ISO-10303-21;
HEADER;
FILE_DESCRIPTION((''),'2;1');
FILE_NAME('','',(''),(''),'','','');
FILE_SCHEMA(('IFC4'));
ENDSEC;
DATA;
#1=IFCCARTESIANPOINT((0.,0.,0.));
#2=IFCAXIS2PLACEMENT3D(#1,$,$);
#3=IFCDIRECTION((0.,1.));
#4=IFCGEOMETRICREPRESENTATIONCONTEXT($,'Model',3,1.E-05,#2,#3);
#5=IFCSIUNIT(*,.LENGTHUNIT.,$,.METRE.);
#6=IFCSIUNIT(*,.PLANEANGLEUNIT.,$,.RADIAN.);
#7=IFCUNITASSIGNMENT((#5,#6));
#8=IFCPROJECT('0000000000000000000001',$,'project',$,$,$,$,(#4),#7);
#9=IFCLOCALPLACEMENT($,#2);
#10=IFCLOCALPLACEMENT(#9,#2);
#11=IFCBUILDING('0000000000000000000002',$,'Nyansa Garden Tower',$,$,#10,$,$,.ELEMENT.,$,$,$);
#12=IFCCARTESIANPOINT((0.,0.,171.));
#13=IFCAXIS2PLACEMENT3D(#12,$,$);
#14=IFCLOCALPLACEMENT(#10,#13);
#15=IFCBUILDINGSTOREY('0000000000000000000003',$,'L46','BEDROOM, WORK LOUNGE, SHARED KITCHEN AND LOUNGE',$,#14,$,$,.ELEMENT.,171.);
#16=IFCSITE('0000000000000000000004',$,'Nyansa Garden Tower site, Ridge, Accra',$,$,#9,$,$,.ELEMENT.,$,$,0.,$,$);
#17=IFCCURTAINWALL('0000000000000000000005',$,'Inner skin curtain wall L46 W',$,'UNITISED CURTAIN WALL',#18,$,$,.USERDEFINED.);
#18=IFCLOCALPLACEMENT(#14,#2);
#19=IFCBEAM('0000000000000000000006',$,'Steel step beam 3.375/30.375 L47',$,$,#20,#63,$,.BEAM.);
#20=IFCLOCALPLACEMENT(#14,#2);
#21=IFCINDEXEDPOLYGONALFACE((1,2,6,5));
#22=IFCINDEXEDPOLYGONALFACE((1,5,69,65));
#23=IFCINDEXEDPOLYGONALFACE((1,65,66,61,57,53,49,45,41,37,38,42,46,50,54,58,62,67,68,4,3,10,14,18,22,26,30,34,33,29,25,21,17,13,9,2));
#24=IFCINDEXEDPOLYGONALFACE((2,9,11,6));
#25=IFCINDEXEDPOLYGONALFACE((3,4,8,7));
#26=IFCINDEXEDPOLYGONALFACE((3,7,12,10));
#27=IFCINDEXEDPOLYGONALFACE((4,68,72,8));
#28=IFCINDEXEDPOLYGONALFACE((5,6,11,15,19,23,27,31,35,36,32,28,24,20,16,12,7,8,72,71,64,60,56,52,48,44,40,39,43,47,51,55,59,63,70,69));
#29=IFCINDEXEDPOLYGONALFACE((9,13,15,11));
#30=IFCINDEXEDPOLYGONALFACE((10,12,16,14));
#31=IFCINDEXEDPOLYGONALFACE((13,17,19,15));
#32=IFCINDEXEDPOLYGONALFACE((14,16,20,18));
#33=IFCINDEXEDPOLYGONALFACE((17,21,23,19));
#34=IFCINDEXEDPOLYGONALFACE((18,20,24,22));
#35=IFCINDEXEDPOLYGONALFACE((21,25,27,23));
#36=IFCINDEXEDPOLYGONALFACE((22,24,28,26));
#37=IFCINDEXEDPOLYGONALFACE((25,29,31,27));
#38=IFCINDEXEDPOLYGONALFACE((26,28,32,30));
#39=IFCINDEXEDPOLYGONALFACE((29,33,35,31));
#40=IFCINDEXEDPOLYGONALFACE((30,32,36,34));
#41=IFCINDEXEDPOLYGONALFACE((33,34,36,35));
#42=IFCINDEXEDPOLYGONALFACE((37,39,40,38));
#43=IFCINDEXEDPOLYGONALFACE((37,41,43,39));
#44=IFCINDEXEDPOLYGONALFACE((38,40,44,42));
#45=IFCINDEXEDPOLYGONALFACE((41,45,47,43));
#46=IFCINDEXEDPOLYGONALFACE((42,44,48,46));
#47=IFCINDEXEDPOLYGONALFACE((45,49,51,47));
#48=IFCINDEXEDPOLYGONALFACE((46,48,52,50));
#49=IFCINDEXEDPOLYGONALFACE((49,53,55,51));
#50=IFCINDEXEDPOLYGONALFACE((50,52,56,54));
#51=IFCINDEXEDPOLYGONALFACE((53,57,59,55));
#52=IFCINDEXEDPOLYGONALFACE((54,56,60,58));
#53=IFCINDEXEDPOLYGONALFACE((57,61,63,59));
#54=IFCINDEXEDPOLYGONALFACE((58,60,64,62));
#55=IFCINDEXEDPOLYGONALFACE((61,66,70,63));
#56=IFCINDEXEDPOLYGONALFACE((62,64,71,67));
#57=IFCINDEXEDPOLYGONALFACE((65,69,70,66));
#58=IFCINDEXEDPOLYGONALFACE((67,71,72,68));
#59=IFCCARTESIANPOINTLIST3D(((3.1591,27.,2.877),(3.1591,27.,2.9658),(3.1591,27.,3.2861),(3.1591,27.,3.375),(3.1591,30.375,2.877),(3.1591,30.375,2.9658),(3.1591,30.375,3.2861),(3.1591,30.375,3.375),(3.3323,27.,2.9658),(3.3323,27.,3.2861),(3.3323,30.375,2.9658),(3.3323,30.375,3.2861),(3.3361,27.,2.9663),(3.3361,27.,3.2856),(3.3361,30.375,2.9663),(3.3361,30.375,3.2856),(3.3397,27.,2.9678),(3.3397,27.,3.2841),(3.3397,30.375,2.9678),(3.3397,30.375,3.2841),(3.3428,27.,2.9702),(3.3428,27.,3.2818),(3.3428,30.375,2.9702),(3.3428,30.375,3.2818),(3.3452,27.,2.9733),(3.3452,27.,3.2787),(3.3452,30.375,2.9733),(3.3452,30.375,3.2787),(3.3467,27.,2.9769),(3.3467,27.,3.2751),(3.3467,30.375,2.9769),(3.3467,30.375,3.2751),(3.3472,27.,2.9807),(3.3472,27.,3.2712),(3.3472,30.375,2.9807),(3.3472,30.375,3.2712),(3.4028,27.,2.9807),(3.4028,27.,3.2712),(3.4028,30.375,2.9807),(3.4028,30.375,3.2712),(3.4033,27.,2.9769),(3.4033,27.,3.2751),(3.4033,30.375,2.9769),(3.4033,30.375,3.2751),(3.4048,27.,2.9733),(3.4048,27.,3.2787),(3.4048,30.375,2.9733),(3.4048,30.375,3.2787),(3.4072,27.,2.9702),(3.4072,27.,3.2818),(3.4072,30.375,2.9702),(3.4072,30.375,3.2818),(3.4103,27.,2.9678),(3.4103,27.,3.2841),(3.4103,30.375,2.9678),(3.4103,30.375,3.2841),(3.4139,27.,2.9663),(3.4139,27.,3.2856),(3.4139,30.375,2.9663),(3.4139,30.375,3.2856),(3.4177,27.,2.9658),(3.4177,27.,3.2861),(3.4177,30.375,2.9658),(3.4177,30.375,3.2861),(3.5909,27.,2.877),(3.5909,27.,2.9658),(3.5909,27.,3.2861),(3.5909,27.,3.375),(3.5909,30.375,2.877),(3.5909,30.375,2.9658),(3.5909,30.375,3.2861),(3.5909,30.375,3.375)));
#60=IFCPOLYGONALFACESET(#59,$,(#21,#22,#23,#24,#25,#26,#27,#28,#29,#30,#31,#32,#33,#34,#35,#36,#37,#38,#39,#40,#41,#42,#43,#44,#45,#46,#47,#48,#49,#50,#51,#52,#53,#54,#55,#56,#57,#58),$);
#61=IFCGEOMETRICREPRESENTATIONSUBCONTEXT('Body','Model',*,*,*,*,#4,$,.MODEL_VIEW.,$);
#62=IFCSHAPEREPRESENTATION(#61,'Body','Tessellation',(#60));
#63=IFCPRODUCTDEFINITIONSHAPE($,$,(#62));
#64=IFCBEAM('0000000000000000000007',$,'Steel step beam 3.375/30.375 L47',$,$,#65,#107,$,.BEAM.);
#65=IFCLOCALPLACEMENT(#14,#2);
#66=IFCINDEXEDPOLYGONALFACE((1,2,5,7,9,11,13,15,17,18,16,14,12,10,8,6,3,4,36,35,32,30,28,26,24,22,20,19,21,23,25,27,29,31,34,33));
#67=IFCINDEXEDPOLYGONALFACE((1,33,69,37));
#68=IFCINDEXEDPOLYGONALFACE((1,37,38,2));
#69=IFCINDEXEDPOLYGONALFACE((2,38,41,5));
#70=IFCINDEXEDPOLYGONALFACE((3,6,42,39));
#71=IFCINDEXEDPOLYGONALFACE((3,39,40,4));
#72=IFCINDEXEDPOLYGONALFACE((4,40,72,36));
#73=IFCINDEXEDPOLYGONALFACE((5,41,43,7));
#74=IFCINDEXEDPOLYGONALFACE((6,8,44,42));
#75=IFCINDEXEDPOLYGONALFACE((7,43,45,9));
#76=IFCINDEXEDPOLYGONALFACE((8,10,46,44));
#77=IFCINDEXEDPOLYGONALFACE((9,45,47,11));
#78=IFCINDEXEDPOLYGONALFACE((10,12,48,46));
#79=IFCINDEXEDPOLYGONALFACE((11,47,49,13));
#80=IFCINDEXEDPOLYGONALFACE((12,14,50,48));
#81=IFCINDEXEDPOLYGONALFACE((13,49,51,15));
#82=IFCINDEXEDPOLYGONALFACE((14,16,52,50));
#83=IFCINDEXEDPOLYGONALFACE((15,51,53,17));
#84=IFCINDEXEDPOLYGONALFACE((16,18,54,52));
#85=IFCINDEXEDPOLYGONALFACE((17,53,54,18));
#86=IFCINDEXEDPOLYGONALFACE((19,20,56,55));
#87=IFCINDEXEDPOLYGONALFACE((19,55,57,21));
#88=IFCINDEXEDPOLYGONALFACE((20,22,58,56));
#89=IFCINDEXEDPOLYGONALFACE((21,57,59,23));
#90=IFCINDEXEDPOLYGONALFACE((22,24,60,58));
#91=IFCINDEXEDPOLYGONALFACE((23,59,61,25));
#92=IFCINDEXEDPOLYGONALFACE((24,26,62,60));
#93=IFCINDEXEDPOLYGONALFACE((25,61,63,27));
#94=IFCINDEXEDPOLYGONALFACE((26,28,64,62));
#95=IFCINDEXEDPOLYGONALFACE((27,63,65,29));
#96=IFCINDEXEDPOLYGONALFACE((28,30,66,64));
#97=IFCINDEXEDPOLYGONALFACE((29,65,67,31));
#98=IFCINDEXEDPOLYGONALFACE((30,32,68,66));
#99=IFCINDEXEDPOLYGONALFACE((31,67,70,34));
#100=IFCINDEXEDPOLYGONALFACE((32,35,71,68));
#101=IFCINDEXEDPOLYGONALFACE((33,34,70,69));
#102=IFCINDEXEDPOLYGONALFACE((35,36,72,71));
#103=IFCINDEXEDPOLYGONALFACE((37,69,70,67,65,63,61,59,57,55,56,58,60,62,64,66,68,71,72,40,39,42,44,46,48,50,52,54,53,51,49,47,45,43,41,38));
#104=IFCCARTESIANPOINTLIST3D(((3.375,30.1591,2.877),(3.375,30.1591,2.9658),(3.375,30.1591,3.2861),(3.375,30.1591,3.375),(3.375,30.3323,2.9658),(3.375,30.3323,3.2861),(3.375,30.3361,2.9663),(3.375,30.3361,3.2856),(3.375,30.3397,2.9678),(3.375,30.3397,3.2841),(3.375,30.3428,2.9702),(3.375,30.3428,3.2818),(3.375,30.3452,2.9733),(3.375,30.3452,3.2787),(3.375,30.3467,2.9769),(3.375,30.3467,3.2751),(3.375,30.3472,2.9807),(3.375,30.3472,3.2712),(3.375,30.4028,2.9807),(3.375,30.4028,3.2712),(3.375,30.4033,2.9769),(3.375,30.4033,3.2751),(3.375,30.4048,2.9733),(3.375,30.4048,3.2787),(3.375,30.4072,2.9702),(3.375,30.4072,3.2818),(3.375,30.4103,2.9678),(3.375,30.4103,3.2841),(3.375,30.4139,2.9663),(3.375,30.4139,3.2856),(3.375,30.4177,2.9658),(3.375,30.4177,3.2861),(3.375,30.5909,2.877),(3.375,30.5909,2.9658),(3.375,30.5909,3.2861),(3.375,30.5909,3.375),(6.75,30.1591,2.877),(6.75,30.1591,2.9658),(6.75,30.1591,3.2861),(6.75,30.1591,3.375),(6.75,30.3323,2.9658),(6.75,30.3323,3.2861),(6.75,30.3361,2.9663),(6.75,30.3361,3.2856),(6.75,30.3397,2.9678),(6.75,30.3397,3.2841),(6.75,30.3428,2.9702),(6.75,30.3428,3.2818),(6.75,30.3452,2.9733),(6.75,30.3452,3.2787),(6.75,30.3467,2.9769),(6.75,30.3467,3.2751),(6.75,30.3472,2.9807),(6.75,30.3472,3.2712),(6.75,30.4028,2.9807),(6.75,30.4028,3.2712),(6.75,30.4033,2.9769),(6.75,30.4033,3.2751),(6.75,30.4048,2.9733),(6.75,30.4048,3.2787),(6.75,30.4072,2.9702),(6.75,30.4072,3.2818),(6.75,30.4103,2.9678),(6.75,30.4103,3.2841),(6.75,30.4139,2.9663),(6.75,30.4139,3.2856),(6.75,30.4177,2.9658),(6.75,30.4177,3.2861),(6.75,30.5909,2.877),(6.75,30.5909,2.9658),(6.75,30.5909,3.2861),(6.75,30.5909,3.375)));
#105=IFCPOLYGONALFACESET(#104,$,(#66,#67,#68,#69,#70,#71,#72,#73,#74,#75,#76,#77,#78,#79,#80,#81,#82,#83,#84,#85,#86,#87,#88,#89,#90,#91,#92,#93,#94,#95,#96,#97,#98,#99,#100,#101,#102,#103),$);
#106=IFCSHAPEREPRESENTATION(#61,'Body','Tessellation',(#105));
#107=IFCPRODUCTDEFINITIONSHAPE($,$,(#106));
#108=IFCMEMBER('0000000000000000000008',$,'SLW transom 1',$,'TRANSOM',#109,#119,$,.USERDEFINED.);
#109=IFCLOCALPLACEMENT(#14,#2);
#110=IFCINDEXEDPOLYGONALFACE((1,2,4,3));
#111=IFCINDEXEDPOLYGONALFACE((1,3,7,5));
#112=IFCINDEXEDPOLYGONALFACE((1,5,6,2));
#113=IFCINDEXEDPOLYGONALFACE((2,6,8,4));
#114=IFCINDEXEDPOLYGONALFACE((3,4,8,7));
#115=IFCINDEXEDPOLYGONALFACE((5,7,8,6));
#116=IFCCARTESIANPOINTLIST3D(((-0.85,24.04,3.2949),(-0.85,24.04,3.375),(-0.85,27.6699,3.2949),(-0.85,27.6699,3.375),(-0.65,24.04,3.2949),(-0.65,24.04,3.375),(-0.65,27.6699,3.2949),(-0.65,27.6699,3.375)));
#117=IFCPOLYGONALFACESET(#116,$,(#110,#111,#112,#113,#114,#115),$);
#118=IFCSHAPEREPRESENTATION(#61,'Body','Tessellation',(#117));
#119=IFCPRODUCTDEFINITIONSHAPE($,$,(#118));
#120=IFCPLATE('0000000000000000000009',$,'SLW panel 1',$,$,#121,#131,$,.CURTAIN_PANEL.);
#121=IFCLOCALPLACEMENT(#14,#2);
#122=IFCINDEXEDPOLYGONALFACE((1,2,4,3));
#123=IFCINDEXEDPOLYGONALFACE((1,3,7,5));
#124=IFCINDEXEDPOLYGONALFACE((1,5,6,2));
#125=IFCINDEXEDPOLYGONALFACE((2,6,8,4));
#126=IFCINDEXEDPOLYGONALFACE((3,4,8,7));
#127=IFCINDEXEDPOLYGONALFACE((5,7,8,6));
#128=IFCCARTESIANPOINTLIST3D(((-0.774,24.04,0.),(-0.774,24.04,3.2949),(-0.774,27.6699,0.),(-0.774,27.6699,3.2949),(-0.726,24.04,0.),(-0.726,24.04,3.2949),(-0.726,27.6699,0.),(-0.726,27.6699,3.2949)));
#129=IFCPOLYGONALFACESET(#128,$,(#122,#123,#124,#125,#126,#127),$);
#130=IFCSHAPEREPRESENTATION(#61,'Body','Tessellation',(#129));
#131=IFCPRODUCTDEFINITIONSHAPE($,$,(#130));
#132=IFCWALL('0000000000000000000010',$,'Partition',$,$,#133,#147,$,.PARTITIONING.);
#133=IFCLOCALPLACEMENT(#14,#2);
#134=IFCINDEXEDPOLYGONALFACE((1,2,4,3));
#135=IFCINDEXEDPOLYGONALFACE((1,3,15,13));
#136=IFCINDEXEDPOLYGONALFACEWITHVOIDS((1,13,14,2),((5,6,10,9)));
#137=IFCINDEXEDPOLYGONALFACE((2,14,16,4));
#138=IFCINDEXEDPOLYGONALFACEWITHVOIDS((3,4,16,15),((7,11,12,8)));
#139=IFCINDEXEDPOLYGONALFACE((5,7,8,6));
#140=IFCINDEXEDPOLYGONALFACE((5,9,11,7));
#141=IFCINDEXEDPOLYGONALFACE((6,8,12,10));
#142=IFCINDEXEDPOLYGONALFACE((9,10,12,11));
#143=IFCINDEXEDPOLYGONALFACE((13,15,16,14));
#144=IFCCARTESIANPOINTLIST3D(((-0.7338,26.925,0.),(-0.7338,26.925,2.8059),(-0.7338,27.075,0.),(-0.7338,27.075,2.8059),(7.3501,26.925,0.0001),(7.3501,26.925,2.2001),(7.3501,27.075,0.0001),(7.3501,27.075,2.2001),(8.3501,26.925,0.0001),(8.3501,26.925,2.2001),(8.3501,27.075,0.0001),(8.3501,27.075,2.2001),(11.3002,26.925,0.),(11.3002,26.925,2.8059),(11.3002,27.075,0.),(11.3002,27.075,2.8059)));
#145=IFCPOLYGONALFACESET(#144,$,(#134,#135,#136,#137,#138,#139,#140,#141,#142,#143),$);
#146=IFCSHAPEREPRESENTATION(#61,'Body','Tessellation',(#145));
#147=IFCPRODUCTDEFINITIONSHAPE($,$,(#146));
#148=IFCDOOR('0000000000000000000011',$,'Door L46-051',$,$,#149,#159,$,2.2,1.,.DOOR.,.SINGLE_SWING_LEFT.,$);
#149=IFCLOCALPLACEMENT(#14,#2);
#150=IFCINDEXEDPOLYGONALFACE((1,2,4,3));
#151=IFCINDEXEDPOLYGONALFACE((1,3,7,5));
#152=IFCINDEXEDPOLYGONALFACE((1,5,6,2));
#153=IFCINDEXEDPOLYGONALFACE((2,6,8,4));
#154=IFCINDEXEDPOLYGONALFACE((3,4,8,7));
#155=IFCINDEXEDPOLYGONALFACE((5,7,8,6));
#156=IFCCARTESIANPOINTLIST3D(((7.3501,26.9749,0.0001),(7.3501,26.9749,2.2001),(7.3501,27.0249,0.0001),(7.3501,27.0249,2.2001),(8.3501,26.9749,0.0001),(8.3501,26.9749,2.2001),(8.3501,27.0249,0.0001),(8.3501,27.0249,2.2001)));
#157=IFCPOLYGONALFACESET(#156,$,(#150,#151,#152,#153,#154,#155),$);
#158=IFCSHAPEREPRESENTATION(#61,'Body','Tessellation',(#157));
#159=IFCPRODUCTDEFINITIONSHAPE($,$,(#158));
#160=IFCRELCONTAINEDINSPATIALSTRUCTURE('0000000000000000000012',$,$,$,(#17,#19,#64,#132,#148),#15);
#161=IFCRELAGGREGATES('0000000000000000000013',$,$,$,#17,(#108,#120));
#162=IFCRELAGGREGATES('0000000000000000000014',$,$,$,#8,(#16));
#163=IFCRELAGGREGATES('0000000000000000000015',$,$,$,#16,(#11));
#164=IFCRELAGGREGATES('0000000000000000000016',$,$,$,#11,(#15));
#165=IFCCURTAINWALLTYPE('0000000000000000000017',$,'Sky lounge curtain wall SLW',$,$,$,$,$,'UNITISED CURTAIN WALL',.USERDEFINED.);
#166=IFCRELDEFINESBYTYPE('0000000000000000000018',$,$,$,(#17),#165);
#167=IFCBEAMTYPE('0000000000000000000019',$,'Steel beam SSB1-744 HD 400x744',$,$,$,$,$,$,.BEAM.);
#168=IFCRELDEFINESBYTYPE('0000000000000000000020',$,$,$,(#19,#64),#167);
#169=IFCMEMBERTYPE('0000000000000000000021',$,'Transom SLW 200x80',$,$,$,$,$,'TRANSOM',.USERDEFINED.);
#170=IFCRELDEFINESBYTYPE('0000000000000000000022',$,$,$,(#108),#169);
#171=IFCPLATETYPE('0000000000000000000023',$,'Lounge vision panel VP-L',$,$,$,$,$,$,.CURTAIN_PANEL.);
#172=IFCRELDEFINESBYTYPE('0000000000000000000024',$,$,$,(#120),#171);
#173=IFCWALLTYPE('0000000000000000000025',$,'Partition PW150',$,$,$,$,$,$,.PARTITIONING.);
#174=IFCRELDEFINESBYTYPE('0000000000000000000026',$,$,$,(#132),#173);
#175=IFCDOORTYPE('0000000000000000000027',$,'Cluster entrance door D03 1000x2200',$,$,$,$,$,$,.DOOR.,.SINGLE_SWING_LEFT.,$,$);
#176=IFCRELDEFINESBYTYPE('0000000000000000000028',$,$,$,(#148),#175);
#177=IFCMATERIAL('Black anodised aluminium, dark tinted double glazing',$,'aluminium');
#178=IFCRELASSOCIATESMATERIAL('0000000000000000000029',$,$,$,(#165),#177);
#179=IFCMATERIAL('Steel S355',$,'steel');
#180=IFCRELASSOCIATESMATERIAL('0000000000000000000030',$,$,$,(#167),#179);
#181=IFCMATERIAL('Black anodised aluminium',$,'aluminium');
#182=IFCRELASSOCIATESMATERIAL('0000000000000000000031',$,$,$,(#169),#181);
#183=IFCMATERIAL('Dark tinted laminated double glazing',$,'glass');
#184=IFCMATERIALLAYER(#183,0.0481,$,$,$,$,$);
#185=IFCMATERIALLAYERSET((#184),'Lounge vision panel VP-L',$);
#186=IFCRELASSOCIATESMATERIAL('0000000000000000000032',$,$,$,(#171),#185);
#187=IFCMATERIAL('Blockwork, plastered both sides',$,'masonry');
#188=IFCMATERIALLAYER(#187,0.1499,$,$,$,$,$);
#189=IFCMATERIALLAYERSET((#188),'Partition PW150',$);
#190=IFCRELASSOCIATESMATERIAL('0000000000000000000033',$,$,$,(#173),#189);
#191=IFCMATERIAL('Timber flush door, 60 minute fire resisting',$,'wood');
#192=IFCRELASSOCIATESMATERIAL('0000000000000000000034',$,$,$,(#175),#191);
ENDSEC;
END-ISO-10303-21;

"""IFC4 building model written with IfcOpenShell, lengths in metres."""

from ifc_helpers import new_model, si_unit, direction, frame, frame_2d, origin, origin_2d, place, context, subcontext, project, spatial, rectangle, i_section, extrude, material, layer, layer_set, material_profile, profile_set, type_object, element, fill, aggregate, save


model = new_model("IFC4")

# Units and contexts
model_context = context("Model", 3, precision=1e-05, world=origin(), true_north=direction((0.0, 1.0)))
body_context = subcontext(model_context, "Body", "Model", "MODEL_VIEW")
ifc_project = project(units=[si_unit("LENGTHUNIT", "METRE"), si_unit("PLANEANGLEUNIT", "RADIAN")], contexts=[model_context])

# Site, building, storey
site_placement = place(None, origin())
site = spatial("IfcSite", under=ifc_project, at=site_placement, Name="Nyansa Garden Tower site, Ridge, Accra", CompositionType="ELEMENT", RefElevation=0.0)
building_placement = place(site_placement, origin())
building = spatial("IfcBuilding", under=site, at=building_placement, Name="Nyansa Garden Tower", CompositionType="ELEMENT")
storey_placement = place(building_placement, frame((0.0, 0.0, 171.0)))
storey = spatial("IfcBuildingStorey", under=building, at=storey_placement, Name="L46", Description="BEDROOM, WORK LOUNGE, SHARED KITCHEN AND LOUNGE", CompositionType="ELEMENT", Elevation=171.0)

# Curtain wall
ifc_material_1 = material(Name="Black anodised aluminium, dark tinted double glazing", Category="aluminium")
curtain_wall_type = type_object("IfcCurtainWallType", Name="Sky lounge curtain wall SLW", ElementType="UNITISED CURTAIN WALL", PredefinedType="USERDEFINED", material=ifc_material_1)
curtain_wall_1_placement = place(storey_placement, origin())
curtain_wall_1 = element("IfcCurtainWall", 1, at=curtain_wall_1_placement, inside=storey, type_object=curtain_wall_type, Name="Inner skin curtain wall L46 W", ObjectType="UNITISED CURTAIN WALL", PredefinedType="USERDEFINED")

# Beams
ifc_material_2 = material(Name="Steel S355", Category="steel")
ifc_material_profile_1 = material_profile(ifc_material_2, i_section(OverallWidth=0.4319, OverallDepth=0.498, WebThickness=0.0557, FlangeThickness=0.0889, FilletRadius=0.0149, at=origin_2d()), Name="HD 400x744")
ifc_profile_set_1 = profile_set([ifc_material_profile_1], Name="Steel S355")
beam_type_1 = type_object("IfcBeamType", Name="Steel beam SSB1-744 HD 400x744", PredefinedType="BEAM", material=ifc_profile_set_1)
for number, where, z_axis, x_axis, name in (
    (2, (3.375, 30.375, 3.126), (0.0, -1.0, 0.0), (1.0, 0.0, 0.0), "Steel step beam 3.375/30.375 L47"),
    (3, (3.375, 30.375, 3.126), (1.0, 0.0, 0.0), (0.0, 1.0, 0.0), "Steel step beam 3.375/30.375 L47"),
):
    element("IfcBeam", number, at=place(storey_placement, frame(where, z_axis=z_axis, x_axis=x_axis)), inside=storey, type_object=beam_type_1, Name=name, PredefinedType="BEAM", context=body_context, shape_type="SweptSolid", body=[
        extrude(i_section(OverallWidth=0.4319, OverallDepth=0.498, WebThickness=0.0557, FlangeThickness=0.0889, FilletRadius=0.0149, at=origin_2d()), origin(), (0.0, 0.0, 1.0), 3.375),
    ])

# Member
ifc_material_3 = material(Name="Black anodised aluminium", Category="aluminium")
ifc_material_profile_2 = material_profile(ifc_material_3, rectangle(XDim=0.2, YDim=0.0801, at=origin_2d()), Name="Transom 200x80")
ifc_profile_set_2 = profile_set([ifc_material_profile_2], Name="Black anodised aluminium")
member_type_1 = type_object("IfcMemberType", Name="Transom SLW 200x80", ElementType="TRANSOM", PredefinedType="USERDEFINED", material=ifc_profile_set_2)
member_1_placement = place(storey_placement, frame((-0.75, 27.6699, 3.335), z_axis=(0.0, -1.0, 0.0), x_axis=(1.0, 0.0, 0.0)))
member_1 = element("IfcMember", 4, at=member_1_placement, type_object=member_type_1, Name="SLW transom 1", ObjectType="TRANSOM", PredefinedType="USERDEFINED", context=body_context, shape_type="SweptSolid", body=[
    extrude(rectangle(XDim=0.2, YDim=0.0801, at=origin_2d()), origin(), (0.0, 0.0, 1.0), 3.6299),
])

# Plate
ifc_material_4 = material(Name="Dark tinted laminated double glazing", Category="glass")
ifc_layer_1 = layer(ifc_material_4, 0.0481)
ifc_layer_set_1 = layer_set([ifc_layer_1], Name="Lounge vision panel VP-L")
plate_type = type_object("IfcPlateType", Name="Lounge vision panel VP-L", PredefinedType="CURTAIN_PANEL", material=ifc_layer_set_1)
plate_placement = place(storey_placement, frame((-0.75, 25.855, 0.0), z_axis=(0.0, 0.0, 1.0), x_axis=(0.0, -1.0, 0.0)))
plate = element("IfcPlate", 5, at=plate_placement, type_object=plate_type, Name="SLW panel 1", PredefinedType="CURTAIN_PANEL", context=body_context, shape_type="SweptSolid", body=[
    extrude(rectangle(XDim=3.6299, YDim=0.0481, at=origin_2d()), origin(), (0.0, 0.0, 1.0), 3.2949),
])
aggregate(curtain_wall_1, [member_1, plate])

# Wall, opening, door
ifc_material_5 = material(Name="Blockwork, plastered both sides", Category="masonry")
ifc_layer_2 = layer(ifc_material_5, 0.1499)
ifc_layer_set_2 = layer_set([ifc_layer_2], Name="Partition PW150")
wall_type_1 = type_object("IfcWallType", Name="Partition PW150", PredefinedType="PARTITIONING", material=ifc_layer_set_2)
wall_1_placement = place(storey_placement, frame((-0.7339, 27.0, 0.0), z_axis=(0.0, 0.0, 1.0), x_axis=(1.0, 0.0, 0.0)))
wall_1 = element("IfcWall", 6, at=wall_1_placement, inside=storey, type_object=wall_type_1, Name="Partition", PredefinedType="PARTITIONING", context=body_context, shape_type="SweptSolid", body=[
    extrude(rectangle(XDim=12.0339, YDim=0.1499, at=frame_2d((6.0171, 0.0))), origin(), (0.0, 0.0, 1.0), 2.8059),
])
opening_1_placement = place(wall_1_placement, frame((8.084, 0.0, 0.0)))
opening_1 = element("IfcOpeningElement", 7, at=opening_1_placement, cuts=wall_1, PredefinedType="OPENING", context=body_context, shape_type="SweptSolid", body=[
    extrude(rectangle(XDim=1.0, YDim=2.2, at=frame_2d((0.5, 1.1001))), frame((0.0, 0.085, 0.0), z_axis=(0.0, -1.0, 0.0), x_axis=(1.0, 0.0, 0.0)), (0.0, 0.0, 1.0), 0.1699),
])
ifc_material_6 = material(Name="Timber flush door, 60 minute fire resisting", Category="wood")
door_type_1 = type_object("IfcDoorType", Name="Cluster entrance door D03 1000x2200", OperationType="SINGLE_SWING_LEFT", PredefinedType="DOOR", material=ifc_material_6)
door_1_placement = place(opening_1_placement, origin())
door_1 = element("IfcDoor", 8, at=door_1_placement, inside=storey, type_object=door_type_1, Name="Door L46-051", OperationType="SINGLE_SWING_LEFT", OverallHeight=2.2, OverallWidth=1.0, PredefinedType="DOOR", context=body_context, shape_type="SweptSolid", body=[
    extrude(rectangle(XDim=1.0, YDim=2.2, at=frame_2d((0.5, 1.1001))), frame((0.0, 0.0249, 0.0), z_axis=(0.0, -1.0, 0.0), x_axis=(1.0, 0.0, 0.0)), (0.0, 0.0, 1.0), 0.05),
])
fill(opening_1, door_1)

save(model, "model.ifc")
